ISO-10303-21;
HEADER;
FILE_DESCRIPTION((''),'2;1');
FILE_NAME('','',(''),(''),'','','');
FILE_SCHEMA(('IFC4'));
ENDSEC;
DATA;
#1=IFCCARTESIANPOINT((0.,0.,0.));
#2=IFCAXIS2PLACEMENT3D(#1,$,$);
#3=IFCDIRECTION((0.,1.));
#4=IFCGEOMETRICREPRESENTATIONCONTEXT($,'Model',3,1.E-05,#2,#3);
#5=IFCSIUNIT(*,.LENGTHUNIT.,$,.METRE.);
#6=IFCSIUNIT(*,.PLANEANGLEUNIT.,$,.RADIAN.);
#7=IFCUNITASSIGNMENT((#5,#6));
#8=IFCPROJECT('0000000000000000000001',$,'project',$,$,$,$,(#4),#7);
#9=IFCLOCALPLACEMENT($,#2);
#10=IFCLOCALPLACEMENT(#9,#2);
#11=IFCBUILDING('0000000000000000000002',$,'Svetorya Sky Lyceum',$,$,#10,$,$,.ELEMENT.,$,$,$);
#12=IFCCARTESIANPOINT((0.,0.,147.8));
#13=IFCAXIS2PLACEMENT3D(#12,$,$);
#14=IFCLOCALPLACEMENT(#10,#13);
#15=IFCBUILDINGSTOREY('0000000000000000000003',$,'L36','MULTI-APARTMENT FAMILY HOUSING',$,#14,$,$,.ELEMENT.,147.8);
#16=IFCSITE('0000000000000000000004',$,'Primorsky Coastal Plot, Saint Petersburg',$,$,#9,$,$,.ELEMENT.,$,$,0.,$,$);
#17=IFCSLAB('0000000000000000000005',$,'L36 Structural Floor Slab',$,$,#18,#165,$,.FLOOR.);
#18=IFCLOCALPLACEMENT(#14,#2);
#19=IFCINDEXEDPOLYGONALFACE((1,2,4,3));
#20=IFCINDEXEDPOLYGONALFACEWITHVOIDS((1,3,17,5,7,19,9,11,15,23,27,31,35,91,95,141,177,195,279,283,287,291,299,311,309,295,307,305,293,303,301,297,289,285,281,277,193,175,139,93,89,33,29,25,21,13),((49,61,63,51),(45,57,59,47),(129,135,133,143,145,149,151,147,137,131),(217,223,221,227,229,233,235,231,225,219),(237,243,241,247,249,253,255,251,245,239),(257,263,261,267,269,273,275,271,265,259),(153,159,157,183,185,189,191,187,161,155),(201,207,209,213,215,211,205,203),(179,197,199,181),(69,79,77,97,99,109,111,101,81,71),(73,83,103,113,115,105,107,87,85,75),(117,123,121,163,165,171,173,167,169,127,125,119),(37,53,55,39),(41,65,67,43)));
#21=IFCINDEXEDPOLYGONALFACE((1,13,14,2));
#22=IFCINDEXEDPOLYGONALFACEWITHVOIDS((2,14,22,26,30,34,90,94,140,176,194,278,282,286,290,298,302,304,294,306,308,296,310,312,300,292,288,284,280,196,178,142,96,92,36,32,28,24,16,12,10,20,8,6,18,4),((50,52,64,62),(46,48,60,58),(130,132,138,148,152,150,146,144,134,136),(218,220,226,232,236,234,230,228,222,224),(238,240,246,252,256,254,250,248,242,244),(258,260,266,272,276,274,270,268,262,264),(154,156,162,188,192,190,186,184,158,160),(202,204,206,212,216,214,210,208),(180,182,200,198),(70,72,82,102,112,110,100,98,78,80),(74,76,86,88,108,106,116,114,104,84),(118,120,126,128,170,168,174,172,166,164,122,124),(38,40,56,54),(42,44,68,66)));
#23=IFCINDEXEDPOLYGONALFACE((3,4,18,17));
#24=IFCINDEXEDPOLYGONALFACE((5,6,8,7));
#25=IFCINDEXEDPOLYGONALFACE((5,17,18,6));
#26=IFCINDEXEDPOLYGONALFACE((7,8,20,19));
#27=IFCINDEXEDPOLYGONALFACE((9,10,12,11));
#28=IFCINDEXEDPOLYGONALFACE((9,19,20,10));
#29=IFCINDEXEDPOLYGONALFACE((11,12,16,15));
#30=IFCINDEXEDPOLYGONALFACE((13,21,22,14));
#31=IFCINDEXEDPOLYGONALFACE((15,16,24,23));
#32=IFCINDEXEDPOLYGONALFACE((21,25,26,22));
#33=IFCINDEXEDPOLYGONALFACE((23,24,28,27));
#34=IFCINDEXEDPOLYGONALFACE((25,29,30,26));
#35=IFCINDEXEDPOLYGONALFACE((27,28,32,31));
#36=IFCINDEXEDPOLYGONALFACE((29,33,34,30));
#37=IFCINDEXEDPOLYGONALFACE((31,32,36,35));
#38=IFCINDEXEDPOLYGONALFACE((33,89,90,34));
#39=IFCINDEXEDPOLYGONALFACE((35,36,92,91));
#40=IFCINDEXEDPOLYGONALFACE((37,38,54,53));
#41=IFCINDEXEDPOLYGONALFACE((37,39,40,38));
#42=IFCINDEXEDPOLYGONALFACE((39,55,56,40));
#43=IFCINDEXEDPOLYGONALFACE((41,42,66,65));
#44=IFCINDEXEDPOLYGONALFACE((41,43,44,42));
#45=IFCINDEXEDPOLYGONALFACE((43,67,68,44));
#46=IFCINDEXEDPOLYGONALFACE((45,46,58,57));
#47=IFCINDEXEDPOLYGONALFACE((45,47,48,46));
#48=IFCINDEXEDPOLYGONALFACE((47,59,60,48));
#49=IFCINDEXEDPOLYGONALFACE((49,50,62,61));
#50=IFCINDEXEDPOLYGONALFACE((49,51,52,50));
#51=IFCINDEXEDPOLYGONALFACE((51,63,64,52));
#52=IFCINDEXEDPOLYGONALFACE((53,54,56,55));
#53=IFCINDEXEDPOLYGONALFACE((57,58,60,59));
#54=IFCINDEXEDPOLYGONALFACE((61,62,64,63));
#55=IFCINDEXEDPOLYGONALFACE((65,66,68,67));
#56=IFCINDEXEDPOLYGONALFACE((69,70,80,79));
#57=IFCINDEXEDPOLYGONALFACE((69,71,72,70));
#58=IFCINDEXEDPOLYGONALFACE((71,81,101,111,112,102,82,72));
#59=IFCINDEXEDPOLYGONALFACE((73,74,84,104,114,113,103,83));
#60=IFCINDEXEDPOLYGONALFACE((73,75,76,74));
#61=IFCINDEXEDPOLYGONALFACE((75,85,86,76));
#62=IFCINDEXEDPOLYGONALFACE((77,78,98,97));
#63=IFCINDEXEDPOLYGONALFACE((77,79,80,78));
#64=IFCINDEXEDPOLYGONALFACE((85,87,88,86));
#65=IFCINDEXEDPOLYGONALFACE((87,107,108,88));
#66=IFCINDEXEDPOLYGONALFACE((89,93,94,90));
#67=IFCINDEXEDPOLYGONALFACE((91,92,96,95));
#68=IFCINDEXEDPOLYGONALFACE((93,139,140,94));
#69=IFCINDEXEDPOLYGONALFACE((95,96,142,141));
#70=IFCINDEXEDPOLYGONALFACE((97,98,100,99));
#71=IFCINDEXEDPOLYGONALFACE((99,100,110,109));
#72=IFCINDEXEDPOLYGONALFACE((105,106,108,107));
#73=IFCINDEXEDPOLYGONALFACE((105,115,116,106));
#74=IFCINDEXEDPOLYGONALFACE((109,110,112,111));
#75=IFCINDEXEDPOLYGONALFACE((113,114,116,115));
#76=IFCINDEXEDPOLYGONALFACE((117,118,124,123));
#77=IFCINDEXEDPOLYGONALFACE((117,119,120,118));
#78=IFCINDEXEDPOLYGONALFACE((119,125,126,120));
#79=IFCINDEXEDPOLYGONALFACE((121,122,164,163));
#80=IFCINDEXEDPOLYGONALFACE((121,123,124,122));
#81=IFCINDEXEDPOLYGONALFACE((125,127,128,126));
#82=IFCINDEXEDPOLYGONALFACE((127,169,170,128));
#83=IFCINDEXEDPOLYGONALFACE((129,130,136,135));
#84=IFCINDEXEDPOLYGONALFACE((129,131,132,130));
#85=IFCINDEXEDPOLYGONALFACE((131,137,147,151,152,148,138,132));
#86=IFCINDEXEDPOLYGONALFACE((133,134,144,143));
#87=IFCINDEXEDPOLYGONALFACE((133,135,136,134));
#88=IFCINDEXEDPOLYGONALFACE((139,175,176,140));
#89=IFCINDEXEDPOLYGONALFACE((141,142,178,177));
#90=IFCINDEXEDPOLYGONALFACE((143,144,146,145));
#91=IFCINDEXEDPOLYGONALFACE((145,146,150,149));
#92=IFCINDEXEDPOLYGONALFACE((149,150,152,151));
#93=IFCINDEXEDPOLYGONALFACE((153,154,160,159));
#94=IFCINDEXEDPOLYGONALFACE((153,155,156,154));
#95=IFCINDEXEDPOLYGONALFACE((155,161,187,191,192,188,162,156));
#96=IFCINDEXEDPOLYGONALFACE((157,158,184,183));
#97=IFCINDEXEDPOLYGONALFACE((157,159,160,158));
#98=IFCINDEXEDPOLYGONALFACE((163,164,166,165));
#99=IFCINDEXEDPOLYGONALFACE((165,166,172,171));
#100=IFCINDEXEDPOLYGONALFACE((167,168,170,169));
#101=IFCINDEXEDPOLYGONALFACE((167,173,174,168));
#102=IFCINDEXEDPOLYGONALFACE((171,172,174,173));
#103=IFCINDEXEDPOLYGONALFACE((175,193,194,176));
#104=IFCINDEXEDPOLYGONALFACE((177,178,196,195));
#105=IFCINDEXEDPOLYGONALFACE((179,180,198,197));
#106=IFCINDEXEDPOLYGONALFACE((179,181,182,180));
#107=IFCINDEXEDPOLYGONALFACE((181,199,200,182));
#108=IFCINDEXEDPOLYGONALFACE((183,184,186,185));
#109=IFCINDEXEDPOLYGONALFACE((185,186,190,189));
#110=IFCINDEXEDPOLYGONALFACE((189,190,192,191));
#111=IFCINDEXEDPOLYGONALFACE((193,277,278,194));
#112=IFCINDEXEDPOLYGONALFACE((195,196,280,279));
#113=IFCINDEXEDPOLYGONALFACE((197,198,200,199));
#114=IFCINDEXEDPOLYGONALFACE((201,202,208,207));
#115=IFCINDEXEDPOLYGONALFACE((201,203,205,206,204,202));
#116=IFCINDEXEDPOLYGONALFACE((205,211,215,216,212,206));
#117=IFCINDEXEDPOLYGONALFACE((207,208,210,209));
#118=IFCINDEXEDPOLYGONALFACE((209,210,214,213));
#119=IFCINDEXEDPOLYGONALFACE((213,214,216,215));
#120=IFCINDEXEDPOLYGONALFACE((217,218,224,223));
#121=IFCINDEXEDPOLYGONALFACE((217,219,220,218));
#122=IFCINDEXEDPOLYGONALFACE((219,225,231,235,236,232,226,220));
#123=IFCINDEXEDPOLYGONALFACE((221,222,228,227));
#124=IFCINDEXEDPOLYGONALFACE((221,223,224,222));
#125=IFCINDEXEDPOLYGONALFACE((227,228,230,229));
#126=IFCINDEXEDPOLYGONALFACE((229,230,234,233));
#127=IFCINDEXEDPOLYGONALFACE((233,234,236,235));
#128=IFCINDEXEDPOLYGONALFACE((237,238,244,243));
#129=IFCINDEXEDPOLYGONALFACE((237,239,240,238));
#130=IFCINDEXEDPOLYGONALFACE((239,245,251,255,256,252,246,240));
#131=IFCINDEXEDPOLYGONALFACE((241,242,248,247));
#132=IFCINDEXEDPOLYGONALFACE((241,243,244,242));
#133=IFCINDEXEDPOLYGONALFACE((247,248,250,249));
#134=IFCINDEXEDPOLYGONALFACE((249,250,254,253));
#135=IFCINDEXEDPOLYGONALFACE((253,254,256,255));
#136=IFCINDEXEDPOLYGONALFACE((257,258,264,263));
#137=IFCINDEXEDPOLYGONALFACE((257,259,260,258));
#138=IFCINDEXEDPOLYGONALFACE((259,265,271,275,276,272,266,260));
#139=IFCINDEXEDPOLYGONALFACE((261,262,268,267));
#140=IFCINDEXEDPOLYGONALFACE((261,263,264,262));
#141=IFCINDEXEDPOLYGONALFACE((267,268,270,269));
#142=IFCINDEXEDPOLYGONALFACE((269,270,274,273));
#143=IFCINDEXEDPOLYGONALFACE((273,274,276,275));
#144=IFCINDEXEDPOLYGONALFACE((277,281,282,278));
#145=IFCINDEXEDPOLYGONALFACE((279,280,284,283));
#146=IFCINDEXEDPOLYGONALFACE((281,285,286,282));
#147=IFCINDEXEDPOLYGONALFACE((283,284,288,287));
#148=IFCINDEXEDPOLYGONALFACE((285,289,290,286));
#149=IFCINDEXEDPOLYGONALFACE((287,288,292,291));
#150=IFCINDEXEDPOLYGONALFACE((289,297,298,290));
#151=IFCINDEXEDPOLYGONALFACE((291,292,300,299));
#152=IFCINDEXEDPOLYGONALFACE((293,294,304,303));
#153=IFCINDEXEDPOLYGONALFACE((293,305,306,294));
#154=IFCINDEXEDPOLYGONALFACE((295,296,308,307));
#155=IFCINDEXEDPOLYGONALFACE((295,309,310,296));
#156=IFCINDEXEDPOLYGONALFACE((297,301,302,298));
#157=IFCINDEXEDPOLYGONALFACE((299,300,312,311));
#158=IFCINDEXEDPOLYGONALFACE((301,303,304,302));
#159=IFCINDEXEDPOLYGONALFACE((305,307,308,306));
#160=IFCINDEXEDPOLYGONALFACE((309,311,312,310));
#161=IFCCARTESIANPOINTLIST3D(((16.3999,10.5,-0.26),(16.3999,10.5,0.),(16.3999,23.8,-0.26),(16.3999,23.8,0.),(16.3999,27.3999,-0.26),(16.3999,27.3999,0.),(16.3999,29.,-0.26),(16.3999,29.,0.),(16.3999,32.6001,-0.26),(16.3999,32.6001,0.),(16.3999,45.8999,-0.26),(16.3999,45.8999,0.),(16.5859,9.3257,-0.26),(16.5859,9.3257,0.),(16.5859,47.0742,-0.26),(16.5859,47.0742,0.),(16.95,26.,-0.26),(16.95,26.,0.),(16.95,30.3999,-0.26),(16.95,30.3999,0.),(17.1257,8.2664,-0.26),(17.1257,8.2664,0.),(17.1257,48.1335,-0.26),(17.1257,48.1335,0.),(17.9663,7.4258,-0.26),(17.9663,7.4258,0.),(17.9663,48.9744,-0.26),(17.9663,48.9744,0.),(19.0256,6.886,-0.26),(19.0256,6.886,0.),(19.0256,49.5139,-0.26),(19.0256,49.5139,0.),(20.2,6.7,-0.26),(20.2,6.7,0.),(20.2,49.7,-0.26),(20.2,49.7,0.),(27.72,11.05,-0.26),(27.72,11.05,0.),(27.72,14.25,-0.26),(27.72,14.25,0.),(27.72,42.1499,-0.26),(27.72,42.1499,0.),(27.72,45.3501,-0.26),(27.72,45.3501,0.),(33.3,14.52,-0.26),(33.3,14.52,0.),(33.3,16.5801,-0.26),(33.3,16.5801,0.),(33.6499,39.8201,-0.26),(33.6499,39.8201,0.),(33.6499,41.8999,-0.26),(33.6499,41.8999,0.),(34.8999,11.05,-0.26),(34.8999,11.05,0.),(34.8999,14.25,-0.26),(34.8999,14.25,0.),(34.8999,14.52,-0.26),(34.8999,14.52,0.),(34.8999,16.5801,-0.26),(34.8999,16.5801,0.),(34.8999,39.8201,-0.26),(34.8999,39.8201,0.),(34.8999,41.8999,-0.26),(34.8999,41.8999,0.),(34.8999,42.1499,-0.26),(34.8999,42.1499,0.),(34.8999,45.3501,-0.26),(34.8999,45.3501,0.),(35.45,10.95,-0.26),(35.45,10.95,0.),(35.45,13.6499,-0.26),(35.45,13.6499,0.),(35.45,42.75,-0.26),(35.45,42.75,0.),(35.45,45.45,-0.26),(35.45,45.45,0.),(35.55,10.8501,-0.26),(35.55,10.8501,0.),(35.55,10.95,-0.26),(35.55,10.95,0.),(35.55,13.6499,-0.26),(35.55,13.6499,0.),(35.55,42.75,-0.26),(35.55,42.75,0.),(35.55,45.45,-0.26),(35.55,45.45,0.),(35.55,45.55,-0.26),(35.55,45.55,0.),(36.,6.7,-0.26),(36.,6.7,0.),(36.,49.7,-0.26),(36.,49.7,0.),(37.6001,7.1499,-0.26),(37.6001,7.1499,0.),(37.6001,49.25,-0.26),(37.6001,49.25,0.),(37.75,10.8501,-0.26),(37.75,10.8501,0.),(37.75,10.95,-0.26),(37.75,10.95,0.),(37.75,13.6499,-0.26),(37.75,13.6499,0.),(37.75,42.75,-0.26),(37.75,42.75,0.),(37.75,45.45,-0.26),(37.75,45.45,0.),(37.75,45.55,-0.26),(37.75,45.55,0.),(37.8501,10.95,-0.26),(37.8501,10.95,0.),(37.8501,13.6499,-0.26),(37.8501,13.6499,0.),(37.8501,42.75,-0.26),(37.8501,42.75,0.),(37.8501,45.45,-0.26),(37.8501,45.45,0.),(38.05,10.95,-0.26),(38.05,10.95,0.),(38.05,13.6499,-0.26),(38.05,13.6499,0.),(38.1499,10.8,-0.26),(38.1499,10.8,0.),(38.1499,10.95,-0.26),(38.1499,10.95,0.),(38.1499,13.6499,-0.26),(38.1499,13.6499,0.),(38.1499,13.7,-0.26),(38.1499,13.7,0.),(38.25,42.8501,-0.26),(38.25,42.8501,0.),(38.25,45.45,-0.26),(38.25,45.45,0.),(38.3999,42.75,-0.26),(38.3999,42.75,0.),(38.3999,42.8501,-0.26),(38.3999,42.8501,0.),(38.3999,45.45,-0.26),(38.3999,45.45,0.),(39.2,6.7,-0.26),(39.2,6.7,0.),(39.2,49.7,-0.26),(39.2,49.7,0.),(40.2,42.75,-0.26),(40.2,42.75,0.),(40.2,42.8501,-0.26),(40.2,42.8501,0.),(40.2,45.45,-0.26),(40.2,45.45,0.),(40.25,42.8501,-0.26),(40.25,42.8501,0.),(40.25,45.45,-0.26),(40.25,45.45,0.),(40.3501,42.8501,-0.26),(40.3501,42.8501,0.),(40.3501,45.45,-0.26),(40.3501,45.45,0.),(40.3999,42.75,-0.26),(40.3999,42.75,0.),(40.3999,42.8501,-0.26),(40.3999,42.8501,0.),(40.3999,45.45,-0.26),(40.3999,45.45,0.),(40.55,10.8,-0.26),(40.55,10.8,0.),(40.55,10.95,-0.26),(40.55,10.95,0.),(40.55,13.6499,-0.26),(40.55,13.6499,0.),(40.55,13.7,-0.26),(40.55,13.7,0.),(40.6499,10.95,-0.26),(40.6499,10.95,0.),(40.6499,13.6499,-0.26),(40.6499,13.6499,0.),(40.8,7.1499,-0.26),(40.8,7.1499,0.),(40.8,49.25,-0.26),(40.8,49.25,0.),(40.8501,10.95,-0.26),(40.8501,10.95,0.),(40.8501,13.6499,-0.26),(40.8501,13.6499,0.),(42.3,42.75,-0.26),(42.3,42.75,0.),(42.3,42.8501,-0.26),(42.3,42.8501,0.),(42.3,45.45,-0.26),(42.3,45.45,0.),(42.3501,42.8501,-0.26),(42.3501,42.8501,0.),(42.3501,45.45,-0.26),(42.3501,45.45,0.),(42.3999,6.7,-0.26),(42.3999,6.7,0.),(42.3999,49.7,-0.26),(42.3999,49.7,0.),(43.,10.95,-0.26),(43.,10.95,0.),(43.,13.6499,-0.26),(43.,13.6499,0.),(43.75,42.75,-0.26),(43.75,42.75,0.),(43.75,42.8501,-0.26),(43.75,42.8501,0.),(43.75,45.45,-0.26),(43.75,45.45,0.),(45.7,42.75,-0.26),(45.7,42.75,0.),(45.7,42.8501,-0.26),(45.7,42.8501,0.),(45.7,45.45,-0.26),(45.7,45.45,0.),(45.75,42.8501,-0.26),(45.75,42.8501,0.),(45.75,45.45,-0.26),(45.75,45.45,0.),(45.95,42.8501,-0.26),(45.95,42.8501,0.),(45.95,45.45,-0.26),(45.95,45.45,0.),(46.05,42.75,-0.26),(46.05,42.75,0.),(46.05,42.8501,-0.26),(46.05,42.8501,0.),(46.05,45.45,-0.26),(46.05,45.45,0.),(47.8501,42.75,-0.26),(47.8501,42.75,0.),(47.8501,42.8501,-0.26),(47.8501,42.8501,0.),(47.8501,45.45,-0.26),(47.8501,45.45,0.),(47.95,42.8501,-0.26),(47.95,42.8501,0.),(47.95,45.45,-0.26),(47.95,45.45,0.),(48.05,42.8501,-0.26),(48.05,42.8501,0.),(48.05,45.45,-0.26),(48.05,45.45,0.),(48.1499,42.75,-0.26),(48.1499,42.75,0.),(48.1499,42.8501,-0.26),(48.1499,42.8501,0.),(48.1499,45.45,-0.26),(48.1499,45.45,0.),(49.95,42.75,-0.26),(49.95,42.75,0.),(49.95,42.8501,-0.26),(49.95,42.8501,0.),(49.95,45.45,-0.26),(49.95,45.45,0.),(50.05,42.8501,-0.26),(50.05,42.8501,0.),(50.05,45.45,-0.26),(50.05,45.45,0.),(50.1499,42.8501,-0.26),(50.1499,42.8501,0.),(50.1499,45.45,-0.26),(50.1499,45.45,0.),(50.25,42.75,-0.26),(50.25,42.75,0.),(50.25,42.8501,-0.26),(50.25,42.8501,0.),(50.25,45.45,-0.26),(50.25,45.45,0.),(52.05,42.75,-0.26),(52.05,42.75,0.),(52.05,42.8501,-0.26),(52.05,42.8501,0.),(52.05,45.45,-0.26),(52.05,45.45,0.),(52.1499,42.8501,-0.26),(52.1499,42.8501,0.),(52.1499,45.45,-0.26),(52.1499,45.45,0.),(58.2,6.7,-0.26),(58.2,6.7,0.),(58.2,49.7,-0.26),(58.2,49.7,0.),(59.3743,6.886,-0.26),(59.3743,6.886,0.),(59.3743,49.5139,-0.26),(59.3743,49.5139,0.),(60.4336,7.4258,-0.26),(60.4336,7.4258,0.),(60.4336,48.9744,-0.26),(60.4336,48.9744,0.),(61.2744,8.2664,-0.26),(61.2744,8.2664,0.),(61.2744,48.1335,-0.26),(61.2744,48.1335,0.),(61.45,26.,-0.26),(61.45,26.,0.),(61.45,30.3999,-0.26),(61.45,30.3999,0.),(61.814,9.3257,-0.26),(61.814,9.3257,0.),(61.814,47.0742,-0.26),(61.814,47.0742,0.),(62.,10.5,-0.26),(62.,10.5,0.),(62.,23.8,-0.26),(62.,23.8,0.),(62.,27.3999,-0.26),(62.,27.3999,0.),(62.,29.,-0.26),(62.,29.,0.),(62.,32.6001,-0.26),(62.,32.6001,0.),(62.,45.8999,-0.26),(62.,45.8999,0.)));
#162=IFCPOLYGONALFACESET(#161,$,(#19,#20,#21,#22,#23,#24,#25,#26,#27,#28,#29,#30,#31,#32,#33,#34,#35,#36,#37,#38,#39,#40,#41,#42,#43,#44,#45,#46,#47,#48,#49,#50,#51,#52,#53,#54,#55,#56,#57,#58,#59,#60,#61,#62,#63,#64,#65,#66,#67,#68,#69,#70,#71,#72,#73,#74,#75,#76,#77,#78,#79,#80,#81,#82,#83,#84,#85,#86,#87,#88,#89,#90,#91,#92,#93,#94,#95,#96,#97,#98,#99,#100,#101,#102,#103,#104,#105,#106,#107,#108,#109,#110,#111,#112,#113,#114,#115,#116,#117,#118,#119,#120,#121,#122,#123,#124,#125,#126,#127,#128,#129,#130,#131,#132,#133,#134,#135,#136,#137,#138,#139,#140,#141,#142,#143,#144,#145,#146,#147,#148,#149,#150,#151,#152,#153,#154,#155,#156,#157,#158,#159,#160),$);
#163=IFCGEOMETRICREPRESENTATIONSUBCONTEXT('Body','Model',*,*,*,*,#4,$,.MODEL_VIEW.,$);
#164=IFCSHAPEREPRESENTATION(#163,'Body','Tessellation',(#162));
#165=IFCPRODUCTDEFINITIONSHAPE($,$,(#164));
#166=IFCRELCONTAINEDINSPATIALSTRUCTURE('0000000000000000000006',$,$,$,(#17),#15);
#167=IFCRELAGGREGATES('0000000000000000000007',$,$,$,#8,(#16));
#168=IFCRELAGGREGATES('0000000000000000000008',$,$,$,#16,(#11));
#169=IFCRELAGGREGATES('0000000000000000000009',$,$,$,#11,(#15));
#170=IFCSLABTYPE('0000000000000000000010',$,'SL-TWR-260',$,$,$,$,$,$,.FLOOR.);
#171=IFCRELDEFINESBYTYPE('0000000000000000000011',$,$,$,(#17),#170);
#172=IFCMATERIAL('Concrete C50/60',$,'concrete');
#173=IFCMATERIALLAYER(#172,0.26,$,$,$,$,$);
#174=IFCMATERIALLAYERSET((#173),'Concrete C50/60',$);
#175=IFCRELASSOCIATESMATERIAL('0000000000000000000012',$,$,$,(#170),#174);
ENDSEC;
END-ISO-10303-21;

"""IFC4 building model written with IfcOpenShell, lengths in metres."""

from ifc_helpers import new_model, si_unit, direction, frame, origin, place, context, subcontext, project, spatial, polyline, outline, extrude, material, layer, layer_set, type_object, element, save


model = new_model("IFC4")

# Units and contexts
model_context = context("Model", 3, precision=1e-05, world=origin(), true_north=direction((0.0, 1.0)))
body_context = subcontext(model_context, "Body", "Model", "MODEL_VIEW")
ifc_project = project(units=[si_unit("LENGTHUNIT", "METRE"), si_unit("PLANEANGLEUNIT", "RADIAN")], contexts=[model_context])

# Site, building, storey
site_placement = place(None, origin())
site = spatial("IfcSite", under=ifc_project, at=site_placement, Name="Primorsky Coastal Plot, Saint Petersburg", CompositionType="ELEMENT", RefElevation=0.0)
building_placement = place(site_placement, origin())
building = spatial("IfcBuilding", under=site, at=building_placement, Name="Svetorya Sky Lyceum", CompositionType="ELEMENT")
storey_placement = place(building_placement, frame((0.0, 0.0, 147.8)))
storey = spatial("IfcBuildingStorey", under=building, at=storey_placement, Name="L36", Description="MULTI-APARTMENT FAMILY HOUSING", CompositionType="ELEMENT", Elevation=147.8)

# Shared definitions
ifc_material_1 = material(Name="Concrete C50/60", Category="concrete")

# Slab
ifc_layer_1 = layer(ifc_material_1, 0.26)
ifc_layer_set_1 = layer_set([ifc_layer_1], Name="Concrete C50/60")
slab_type_1 = type_object("IfcSlabType", Name="SL-TWR-260", PredefinedType="FLOOR", material=ifc_layer_set_1)
slab_1_placement = place(storey_placement, frame((0.0, 0.0, -0.26)))
element("IfcSlab", 1, at=slab_1_placement, inside=storey, type_object=slab_type_1, Name="L36 Structural Floor Slab", PredefinedType="FLOOR", context=body_context, shape_type="SweptSolid", body=[
    extrude(outline(polyline([(16.3999, 10.5), (16.5859, 9.3257), (17.1257, 8.2664), (17.9663, 7.4258), (19.0256, 6.886), (20.2, 6.7), (36.0, 6.7), (37.6001, 7.1499), (39.2, 6.7), (40.8, 7.1499), (42.3999, 6.7), (58.2, 6.7), (59.3743, 6.886), (60.4336, 7.4258), (61.2744, 8.2664), (61.814, 9.3257), (62.0, 10.5), (62.0, 23.8), (61.45, 26.0), (62.0, 27.3999), (62.0, 29.0), (61.45, 30.3999), (62.0, 32.6001), (62.0, 45.8999), (61.814, 47.0742), (61.2744, 48.1335), (60.4336, 48.9744), (59.3743, 49.5139), (58.2, 49.7), (42.3999, 49.7), (40.8, 49.25), (39.2, 49.7), (37.6001, 49.25), (36.0, 49.7), (20.2, 49.7), (19.0256, 49.5139), (17.9663, 48.9744), (17.1257, 48.1335), (16.5859, 47.0742), (16.3999, 45.8999), (16.3999, 32.6001), (16.95, 30.3999), (16.3999, 29.0), (16.3999, 27.3999), (16.95, 26.0), (16.3999, 23.8), (16.3999, 10.5)]), holes=[polyline([(37.8501, 10.95), (37.75, 10.95), (37.75, 10.8501), (35.55, 10.8501), (35.55, 10.95), (35.45, 10.95), (35.45, 13.6499), (35.55, 13.6499), (37.75, 13.6499), (37.8501, 13.6499), (37.8501, 10.95)]), polyline([(40.6499, 13.6499), (40.6499, 10.95), (40.55, 10.95), (40.55, 10.8), (38.1499, 10.8), (38.1499, 10.95), (38.05, 10.95), (38.05, 13.6499), (38.1499, 13.6499), (38.1499, 13.7), (40.55, 13.7), (40.55, 13.6499), (40.6499, 13.6499)]), polyline([(27.72, 14.25), (34.8999, 14.25), (34.8999, 11.05), (27.72, 11.05), (27.72, 14.25)]), polyline([(33.3, 14.52), (33.3, 16.5801), (34.8999, 16.5801), (34.8999, 14.52), (33.3, 14.52)]), polyline([(33.6499, 41.8999), (34.8999, 41.8999), (34.8999, 39.8201), (33.6499, 39.8201), (33.6499, 41.8999)]), polyline([(27.72, 45.3501), (34.8999, 45.3501), (34.8999, 42.1499), (27.72, 42.1499), (27.72, 45.3501)]), polyline([(37.75, 45.55), (37.75, 45.45), (37.8501, 45.45), (37.8501, 42.75), (37.75, 42.75), (35.55, 42.75), (35.45, 42.75), (35.45, 45.45), (35.55, 45.45), (35.55, 45.55), (37.75, 45.55)]), polyline([(38.3999, 42.8501), (38.25, 42.8501), (38.25, 45.45), (38.3999, 45.45), (40.2, 45.45), (40.25, 45.45), (40.25, 42.8501), (40.2, 42.8501), (40.2, 42.75), (38.3999, 42.75), (38.3999, 42.8501)]), polyline([(40.8501, 13.6499), (43.0, 13.6499), (43.0, 10.95), (40.8501, 10.95), (40.8501, 13.6499)]), polyline([(40.3999, 42.8501), (40.3501, 42.8501), (40.3501, 45.45), (40.3999, 45.45), (42.3, 45.45), (42.3501, 45.45), (42.3501, 42.8501), (42.3, 42.8501), (42.3, 42.75), (40.3999, 42.75), (40.3999, 42.8501)]), polyline([(43.75, 42.75), (43.75, 42.8501), (43.75, 45.45), (45.7, 45.45), (45.75, 45.45), (45.75, 42.8501), (45.7, 42.8501), (45.7, 42.75), (43.75, 42.75)]), polyline([(46.05, 42.8501), (45.95, 42.8501), (45.95, 45.45), (46.05, 45.45), (47.8501, 45.45), (47.95, 45.45), (47.95, 42.8501), (47.8501, 42.8501), (47.8501, 42.75), (46.05, 42.75), (46.05, 42.8501)]), polyline([(48.1499, 42.8501), (48.05, 42.8501), (48.05, 45.45), (48.1499, 45.45), (49.95, 45.45), (50.05, 45.45), (50.05, 42.8501), (49.95, 42.8501), (49.95, 42.75), (48.1499, 42.75), (48.1499, 42.8501)]), polyline([(52.1499, 42.8501), (52.05, 42.8501), (52.05, 42.75), (50.25, 42.75), (50.25, 42.8501), (50.1499, 42.8501), (50.1499, 45.45), (50.25, 45.45), (52.05, 45.45), (52.1499, 45.45), (52.1499, 42.8501)])]), origin(), (0.0, 0.0, 1.0), 0.26),
])

save(model, "model.ifc")
